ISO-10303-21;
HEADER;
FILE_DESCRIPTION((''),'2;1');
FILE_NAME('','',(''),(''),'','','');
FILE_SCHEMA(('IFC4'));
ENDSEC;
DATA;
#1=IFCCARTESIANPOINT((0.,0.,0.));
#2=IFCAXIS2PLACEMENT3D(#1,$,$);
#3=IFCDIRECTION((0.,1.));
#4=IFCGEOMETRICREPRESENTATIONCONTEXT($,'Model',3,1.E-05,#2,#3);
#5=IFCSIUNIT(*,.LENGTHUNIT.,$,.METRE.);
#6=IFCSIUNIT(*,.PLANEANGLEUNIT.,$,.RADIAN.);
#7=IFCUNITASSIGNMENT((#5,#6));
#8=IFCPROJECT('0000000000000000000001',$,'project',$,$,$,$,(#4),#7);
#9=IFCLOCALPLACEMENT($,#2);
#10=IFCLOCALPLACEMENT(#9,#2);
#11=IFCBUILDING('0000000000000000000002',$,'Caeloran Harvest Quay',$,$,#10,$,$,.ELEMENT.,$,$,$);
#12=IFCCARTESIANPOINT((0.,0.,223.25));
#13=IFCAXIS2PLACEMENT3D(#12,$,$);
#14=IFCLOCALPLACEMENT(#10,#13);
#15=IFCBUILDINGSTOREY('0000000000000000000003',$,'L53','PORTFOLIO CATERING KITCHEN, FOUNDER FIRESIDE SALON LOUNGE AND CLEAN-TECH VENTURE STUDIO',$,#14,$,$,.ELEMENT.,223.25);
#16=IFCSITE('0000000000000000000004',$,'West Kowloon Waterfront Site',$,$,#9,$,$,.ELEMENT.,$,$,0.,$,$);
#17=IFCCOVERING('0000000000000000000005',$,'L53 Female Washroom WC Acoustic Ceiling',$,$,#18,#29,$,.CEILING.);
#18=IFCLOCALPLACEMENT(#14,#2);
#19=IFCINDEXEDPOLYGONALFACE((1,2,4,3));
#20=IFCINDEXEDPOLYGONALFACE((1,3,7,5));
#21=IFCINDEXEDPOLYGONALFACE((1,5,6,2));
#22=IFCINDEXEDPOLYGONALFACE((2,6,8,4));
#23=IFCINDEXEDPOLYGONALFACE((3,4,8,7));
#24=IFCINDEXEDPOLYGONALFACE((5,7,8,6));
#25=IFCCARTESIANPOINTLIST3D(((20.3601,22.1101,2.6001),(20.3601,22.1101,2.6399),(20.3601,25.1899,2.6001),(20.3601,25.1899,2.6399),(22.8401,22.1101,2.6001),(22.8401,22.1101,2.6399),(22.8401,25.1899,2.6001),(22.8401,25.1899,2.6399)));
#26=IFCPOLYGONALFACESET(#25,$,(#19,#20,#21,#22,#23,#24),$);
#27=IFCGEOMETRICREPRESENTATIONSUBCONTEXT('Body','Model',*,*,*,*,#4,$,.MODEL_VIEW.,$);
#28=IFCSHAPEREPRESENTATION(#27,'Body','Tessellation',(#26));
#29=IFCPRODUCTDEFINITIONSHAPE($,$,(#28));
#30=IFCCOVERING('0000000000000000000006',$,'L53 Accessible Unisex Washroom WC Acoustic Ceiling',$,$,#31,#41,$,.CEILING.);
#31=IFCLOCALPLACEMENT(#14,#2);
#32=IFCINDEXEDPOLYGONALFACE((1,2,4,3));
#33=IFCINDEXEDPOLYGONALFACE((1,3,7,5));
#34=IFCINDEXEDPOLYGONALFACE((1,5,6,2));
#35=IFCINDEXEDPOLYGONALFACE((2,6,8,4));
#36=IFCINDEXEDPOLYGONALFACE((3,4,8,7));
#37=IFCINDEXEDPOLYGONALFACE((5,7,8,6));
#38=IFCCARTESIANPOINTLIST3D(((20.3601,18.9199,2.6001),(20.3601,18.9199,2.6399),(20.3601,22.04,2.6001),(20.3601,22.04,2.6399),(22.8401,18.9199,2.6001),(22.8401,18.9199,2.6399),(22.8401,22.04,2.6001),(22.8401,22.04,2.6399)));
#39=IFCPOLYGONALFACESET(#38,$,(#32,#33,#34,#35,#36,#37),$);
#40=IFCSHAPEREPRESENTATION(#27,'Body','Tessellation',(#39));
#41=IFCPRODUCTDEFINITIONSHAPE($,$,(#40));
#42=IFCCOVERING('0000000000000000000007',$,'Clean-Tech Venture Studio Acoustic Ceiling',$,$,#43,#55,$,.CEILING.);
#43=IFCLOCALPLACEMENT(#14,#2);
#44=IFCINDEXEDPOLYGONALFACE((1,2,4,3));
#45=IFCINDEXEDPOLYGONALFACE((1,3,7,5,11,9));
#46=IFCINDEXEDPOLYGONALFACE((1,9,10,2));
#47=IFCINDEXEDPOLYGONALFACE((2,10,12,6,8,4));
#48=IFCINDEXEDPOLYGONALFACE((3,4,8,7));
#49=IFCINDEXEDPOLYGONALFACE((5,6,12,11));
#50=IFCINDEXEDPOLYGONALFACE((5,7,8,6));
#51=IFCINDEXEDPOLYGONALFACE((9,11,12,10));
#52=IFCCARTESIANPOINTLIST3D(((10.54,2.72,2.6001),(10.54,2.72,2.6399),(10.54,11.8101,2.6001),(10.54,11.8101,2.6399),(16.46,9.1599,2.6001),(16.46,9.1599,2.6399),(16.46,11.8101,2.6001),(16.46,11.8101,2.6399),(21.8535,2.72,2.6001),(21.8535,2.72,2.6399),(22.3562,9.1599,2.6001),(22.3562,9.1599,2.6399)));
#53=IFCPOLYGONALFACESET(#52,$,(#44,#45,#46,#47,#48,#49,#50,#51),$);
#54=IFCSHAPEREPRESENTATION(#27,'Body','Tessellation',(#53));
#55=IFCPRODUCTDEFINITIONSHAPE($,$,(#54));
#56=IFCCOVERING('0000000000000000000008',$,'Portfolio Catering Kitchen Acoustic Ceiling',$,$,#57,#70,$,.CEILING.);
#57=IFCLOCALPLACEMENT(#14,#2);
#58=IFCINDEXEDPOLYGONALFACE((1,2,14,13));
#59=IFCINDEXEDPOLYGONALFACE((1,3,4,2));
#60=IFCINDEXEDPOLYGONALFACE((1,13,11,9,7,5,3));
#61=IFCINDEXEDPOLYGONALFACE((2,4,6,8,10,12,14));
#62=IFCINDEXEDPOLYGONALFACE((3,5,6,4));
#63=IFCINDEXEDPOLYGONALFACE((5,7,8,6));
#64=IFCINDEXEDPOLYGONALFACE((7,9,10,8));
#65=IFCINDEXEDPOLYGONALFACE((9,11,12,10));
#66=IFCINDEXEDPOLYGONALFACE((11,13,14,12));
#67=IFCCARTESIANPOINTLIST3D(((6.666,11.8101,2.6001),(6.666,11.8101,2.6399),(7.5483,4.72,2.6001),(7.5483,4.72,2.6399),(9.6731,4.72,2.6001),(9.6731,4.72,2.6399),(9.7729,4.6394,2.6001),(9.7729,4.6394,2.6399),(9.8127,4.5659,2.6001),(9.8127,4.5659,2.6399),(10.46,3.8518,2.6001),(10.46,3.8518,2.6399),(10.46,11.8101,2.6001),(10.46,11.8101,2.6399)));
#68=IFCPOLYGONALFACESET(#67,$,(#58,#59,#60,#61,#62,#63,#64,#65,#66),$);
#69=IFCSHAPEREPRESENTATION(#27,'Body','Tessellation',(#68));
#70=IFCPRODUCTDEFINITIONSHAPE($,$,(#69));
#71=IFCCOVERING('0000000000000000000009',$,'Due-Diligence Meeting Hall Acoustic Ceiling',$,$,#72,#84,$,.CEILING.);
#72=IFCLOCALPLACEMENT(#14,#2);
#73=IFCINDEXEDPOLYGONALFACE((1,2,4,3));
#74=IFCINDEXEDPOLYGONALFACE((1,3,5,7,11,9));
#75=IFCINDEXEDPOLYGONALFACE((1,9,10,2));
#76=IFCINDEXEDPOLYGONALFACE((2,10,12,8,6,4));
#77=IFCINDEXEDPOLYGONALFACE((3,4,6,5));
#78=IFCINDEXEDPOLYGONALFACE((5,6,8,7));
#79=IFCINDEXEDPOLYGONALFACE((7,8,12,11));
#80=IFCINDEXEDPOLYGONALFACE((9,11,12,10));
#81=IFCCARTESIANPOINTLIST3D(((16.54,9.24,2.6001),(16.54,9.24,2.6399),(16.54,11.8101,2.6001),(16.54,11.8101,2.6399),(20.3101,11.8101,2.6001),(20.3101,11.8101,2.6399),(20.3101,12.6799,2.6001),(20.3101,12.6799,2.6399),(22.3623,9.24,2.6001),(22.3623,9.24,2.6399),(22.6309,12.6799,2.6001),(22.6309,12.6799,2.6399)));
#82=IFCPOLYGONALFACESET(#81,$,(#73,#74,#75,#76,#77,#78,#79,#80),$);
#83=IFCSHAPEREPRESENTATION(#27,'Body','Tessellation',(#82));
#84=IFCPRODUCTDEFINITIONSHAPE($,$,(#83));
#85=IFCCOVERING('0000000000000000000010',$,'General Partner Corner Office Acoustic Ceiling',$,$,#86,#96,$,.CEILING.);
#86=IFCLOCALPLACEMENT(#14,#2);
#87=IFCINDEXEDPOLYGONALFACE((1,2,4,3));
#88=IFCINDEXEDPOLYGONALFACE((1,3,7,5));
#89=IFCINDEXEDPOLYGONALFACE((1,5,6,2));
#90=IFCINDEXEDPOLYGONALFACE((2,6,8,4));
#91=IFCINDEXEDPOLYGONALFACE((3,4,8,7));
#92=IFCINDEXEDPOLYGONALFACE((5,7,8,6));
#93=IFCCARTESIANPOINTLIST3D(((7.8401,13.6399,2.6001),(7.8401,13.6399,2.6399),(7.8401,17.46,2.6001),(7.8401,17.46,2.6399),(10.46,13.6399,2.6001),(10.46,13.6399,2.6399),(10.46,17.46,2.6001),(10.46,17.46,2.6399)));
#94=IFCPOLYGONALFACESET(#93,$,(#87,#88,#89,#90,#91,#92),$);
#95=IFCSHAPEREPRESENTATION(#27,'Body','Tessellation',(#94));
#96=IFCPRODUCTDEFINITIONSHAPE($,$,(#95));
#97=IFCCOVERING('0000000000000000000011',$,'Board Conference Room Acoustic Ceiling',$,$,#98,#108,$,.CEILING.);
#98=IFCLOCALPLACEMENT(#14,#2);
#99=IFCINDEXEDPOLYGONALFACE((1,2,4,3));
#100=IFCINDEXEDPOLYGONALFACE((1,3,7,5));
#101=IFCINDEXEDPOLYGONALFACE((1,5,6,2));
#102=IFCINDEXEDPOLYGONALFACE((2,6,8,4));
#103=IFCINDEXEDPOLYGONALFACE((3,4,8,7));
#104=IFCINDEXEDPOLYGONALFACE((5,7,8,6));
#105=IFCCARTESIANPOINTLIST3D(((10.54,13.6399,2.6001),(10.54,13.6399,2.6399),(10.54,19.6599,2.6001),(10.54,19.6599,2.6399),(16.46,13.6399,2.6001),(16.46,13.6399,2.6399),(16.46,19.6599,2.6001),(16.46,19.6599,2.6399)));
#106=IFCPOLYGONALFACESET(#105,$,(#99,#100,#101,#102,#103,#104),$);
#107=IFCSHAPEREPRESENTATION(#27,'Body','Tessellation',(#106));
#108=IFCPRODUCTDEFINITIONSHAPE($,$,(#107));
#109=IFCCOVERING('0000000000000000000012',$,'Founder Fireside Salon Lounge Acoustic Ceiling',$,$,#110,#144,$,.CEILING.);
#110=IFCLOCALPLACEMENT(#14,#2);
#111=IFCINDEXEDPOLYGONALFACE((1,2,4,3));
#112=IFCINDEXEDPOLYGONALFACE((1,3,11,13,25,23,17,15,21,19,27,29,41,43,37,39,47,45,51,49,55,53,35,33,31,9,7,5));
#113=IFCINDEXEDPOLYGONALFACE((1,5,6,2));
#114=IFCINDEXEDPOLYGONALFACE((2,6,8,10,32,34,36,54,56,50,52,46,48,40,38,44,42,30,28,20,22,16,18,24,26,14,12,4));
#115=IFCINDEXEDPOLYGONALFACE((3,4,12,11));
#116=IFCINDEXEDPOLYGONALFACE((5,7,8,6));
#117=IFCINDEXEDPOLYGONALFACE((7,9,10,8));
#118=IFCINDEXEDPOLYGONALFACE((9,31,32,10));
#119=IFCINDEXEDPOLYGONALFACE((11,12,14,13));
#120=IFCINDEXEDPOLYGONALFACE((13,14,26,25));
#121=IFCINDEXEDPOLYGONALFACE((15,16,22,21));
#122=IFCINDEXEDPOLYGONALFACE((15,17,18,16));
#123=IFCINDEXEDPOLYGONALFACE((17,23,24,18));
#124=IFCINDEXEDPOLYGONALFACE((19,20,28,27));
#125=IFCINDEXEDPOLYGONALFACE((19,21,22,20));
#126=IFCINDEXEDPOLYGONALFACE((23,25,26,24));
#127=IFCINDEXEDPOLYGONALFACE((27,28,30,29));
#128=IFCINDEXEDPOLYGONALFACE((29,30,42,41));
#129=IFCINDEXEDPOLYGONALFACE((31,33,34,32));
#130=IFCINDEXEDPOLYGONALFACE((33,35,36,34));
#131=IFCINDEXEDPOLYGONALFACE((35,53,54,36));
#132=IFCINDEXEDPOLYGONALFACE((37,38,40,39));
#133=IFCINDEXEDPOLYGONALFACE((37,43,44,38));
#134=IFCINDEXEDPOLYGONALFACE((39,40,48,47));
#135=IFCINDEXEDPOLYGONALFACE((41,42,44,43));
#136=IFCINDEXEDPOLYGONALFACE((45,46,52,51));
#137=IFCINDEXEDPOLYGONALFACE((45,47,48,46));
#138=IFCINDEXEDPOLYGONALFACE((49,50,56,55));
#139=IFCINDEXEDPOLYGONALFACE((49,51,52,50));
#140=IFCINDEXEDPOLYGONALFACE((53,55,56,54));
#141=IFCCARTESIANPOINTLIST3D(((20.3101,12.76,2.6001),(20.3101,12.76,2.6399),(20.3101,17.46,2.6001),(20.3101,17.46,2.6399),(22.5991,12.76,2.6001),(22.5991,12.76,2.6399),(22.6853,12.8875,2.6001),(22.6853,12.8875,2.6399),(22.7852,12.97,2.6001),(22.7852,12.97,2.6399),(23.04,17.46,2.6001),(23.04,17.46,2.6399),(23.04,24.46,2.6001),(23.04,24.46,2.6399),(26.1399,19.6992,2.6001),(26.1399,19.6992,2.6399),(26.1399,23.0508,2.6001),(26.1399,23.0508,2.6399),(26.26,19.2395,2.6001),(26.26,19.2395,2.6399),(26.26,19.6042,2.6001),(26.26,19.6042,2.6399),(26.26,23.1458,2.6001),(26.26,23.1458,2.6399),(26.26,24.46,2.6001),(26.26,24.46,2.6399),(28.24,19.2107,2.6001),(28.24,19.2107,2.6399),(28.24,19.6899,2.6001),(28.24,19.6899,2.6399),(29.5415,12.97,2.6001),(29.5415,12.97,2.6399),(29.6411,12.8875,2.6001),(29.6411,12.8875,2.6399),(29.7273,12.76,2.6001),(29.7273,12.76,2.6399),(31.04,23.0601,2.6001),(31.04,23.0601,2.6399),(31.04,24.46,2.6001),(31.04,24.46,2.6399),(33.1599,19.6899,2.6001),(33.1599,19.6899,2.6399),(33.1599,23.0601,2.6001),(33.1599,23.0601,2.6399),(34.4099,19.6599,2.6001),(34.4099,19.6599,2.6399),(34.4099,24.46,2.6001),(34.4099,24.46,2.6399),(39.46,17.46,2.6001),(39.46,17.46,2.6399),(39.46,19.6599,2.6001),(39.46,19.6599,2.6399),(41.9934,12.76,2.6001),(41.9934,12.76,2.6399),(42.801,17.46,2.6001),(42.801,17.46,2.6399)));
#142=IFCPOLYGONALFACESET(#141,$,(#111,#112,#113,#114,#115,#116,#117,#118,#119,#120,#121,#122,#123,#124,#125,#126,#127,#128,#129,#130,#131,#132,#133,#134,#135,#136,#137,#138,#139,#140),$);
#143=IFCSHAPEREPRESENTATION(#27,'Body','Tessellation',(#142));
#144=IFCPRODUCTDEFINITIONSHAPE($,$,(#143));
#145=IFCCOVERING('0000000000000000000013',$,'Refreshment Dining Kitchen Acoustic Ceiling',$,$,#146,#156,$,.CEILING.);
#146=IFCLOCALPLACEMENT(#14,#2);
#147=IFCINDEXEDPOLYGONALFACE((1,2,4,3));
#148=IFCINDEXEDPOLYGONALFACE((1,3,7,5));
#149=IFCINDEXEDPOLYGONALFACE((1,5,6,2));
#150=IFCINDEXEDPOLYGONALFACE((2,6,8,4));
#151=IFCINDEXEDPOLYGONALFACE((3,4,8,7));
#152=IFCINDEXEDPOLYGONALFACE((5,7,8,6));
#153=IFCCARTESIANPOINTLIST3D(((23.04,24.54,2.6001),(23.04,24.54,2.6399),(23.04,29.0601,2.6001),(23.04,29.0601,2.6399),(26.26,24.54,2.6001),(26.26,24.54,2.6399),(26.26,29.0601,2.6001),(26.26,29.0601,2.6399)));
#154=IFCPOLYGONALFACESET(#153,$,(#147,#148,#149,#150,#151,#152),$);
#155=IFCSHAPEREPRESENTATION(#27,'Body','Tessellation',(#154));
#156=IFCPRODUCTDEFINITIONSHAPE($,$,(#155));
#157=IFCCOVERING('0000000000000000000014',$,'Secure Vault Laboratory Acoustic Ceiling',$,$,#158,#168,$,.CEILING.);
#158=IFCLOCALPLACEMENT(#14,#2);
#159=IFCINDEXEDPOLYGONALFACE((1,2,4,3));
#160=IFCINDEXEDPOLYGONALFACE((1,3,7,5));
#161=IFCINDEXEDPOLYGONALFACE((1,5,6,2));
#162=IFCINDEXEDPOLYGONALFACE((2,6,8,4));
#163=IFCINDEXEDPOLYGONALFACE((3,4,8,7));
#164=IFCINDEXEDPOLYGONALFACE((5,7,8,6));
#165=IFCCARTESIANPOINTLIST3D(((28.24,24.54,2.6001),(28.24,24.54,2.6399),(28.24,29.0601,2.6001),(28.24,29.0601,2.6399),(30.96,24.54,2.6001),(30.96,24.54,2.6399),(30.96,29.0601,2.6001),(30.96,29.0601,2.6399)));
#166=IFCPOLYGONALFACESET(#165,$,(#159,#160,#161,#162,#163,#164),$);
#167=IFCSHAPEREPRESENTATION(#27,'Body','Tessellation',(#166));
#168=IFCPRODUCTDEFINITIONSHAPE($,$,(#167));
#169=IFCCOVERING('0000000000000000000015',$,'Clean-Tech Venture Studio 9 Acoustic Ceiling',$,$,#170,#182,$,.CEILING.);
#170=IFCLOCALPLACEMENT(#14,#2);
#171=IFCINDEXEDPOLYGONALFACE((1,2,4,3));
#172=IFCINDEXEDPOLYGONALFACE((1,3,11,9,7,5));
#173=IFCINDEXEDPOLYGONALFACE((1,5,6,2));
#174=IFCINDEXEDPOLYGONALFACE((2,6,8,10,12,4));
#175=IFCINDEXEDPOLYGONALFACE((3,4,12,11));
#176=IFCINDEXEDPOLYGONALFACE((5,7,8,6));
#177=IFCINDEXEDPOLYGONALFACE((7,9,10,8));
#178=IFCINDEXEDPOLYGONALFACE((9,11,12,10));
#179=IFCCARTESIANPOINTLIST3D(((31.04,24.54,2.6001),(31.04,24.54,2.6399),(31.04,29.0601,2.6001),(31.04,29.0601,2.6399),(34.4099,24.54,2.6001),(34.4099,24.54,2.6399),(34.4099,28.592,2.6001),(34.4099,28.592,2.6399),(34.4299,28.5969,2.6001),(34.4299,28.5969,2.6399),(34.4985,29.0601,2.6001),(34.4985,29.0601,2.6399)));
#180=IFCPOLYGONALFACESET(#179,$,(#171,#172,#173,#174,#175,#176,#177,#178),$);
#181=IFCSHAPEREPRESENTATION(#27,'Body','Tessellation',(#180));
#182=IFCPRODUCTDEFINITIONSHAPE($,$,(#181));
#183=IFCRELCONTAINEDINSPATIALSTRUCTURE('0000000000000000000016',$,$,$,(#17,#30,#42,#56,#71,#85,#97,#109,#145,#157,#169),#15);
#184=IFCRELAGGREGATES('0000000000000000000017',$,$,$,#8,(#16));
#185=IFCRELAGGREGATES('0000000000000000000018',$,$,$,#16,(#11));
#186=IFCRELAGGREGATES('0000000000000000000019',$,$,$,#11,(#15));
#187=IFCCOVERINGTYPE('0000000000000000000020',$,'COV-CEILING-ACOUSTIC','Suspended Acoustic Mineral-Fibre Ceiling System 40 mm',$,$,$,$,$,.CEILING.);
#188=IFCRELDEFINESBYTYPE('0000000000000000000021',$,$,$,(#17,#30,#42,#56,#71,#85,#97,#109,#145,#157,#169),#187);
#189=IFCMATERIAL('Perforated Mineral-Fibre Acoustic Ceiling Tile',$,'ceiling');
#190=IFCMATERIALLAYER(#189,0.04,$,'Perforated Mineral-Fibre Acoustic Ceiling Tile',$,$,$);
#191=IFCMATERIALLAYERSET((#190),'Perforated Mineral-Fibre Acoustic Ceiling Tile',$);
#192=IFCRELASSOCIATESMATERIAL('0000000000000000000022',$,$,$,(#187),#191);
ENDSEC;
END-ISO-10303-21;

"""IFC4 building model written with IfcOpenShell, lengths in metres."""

from ifc_helpers import new_model, si_unit, direction, frame, origin, place, context, subcontext, project, spatial, polyline, outline, extrude, material, layer, layer_set, type_object, element, save


model = new_model("IFC4")

# Units and contexts
model_context = context("Model", 3, precision=1e-05, world=origin(), true_north=direction((0.0, 1.0)))
body_context = subcontext(model_context, "Body", "Model", "MODEL_VIEW")
ifc_project = project(units=[si_unit("LENGTHUNIT", "METRE"), si_unit("PLANEANGLEUNIT", "RADIAN")], contexts=[model_context])

# Site, building, storey
site_placement = place(None, origin())
site = spatial("IfcSite", under=ifc_project, at=site_placement, Name="West Kowloon Waterfront Site", CompositionType="ELEMENT", RefElevation=0.0)
building_placement = place(site_placement, origin())
building = spatial("IfcBuilding", under=site, at=building_placement, Name="Caeloran Harvest Quay", CompositionType="ELEMENT")
storey_placement = place(building_placement, frame((0.0, 0.0, 223.25)))
storey = spatial("IfcBuildingStorey", under=building, at=storey_placement, Name="L53", Description="PORTFOLIO CATERING KITCHEN, FOUNDER FIRESIDE SALON LOUNGE AND CLEAN-TECH VENTURE STUDIO", CompositionType="ELEMENT", Elevation=223.25)

# Coverings
ifc_material_1 = material(Name="Perforated Mineral-Fibre Acoustic Ceiling Tile", Category="ceiling")
ifc_layer_1 = layer(ifc_material_1, 0.04, Name="Perforated Mineral-Fibre Acoustic Ceiling Tile")
ifc_layer_set_1 = layer_set([ifc_layer_1], Name="Perforated Mineral-Fibre Acoustic Ceiling Tile")
covering_type_1 = type_object("IfcCoveringType", Name="COV-CEILING-ACOUSTIC", Description="Suspended Acoustic Mineral-Fibre Ceiling System 40 mm", PredefinedType="CEILING", material=ifc_layer_set_1)
covering_1_placement = place(storey_placement, frame((0.0, 0.0, 2.6001)))
element("IfcCovering", 1, at=covering_1_placement, inside=storey, type_object=covering_type_1, Name="L53 Female Washroom WC Acoustic Ceiling", PredefinedType="CEILING", context=body_context, shape_type="SweptSolid", body=[
    extrude(outline(polyline([(22.8401, 25.1899), (22.8401, 22.1101), (20.3601, 22.1101), (20.3601, 25.1899), (22.8401, 25.1899)])), origin(), (0.0, 0.0, 1.0), 0.0398),
])
covering_2_placement = place(storey_placement, frame((0.0, 0.0, 2.6001)))
element("IfcCovering", 2, at=covering_2_placement, inside=storey, type_object=covering_type_1, Name="L53 Accessible Unisex Washroom WC Acoustic Ceiling", PredefinedType="CEILING", context=body_context, shape_type="SweptSolid", body=[
    extrude(outline(polyline([(22.8401, 22.04), (22.8401, 18.9199), (20.3601, 18.9199), (20.3601, 22.04), (22.8401, 22.04)])), origin(), (0.0, 0.0, 1.0), 0.0398),
])
covering_3_placement = place(storey_placement, frame((0.0, 0.0, 2.6001)))
element("IfcCovering", 3, at=covering_3_placement, inside=storey, type_object=covering_type_1, Name="Clean-Tech Venture Studio Acoustic Ceiling", PredefinedType="CEILING", context=body_context, shape_type="SweptSolid", body=[
    extrude(outline(polyline([(16.46, 11.8101), (16.46, 9.1599), (22.3562, 9.1599), (21.8535, 2.72), (10.54, 2.72), (10.54, 11.8101), (16.46, 11.8101)])), origin(), (0.0, 0.0, 1.0), 0.0398),
])
covering_4_placement = place(storey_placement, frame((0.0, 0.0, 2.6001)))
element("IfcCovering", 4, at=covering_4_placement, inside=storey, type_object=covering_type_1, Name="Portfolio Catering Kitchen Acoustic Ceiling", PredefinedType="CEILING", context=body_context, shape_type="SweptSolid", body=[
    extrude(outline(polyline([(10.46, 11.8101), (10.46, 3.8518), (9.8127, 4.5659), (9.7729, 4.6394), (9.6731, 4.72), (7.5483, 4.72), (6.666, 11.8101), (10.46, 11.8101)])), origin(), (0.0, 0.0, 1.0), 0.0398),
])
covering_5_placement = place(storey_placement, frame((0.0, 0.0, 2.6001)))
element("IfcCovering", 5, at=covering_5_placement, inside=storey, type_object=covering_type_1, Name="Due-Diligence Meeting Hall Acoustic Ceiling", PredefinedType="CEILING", context=body_context, shape_type="SweptSolid", body=[
    extrude(outline(polyline([(20.3101, 11.8101), (20.3101, 12.6799), (22.6309, 12.6799), (22.3623, 9.24), (16.54, 9.24), (16.54, 11.8101), (20.3101, 11.8101)])), origin(), (0.0, 0.0, 1.0), 0.0398),
])
covering_6_placement = place(storey_placement, frame((0.0, 0.0, 2.6001)))
element("IfcCovering", 6, at=covering_6_placement, inside=storey, type_object=covering_type_1, Name="General Partner Corner Office Acoustic Ceiling", PredefinedType="CEILING", context=body_context, shape_type="SweptSolid", body=[
    extrude(outline(polyline([(7.8401, 13.6399), (7.8401, 17.46), (10.46, 17.46), (10.46, 13.6399), (7.8401, 13.6399)])), origin(), (0.0, 0.0, 1.0), 0.0398),
])
covering_7_placement = place(storey_placement, frame((0.0, 0.0, 2.6001)))
element("IfcCovering", 7, at=covering_7_placement, inside=storey, type_object=covering_type_1, Name="Board Conference Room Acoustic Ceiling", PredefinedType="CEILING", context=body_context, shape_type="SweptSolid", body=[
    extrude(outline(polyline([(16.46, 19.6599), (16.46, 13.6399), (10.54, 13.6399), (10.54, 19.6599), (16.46, 19.6599)])), origin(), (0.0, 0.0, 1.0), 0.0398),
])
covering_8_placement = place(storey_placement, frame((0.0, 0.0, 2.6001)))
element("IfcCovering", 8, at=covering_8_placement, inside=storey, type_object=covering_type_1, Name="Founder Fireside Salon Lounge Acoustic Ceiling", PredefinedType="CEILING", context=body_context, shape_type="SweptSolid", body=[
    extrude(outline(polyline([(33.1599, 23.0601), (31.04, 23.0601), (31.04, 24.46), (34.4099, 24.46), (34.4099, 19.6599), (39.46, 19.6599), (39.46, 17.46), (42.801, 17.46), (41.9934, 12.76), (29.7273, 12.76), (29.6411, 12.8875), (29.5415, 12.97), (22.7852, 12.97), (22.6853, 12.8875), (22.5991, 12.76), (20.3101, 12.76), (20.3101, 17.46), (23.04, 17.46), (23.04, 24.46), (26.26, 24.46), (26.26, 23.1458), (26.1399, 23.0508), (26.1399, 19.6992), (26.26, 19.6042), (26.26, 19.2395), (28.24, 19.2107), (28.24, 19.6899), (33.1599, 19.6899), (33.1599, 23.0601)])), origin(), (0.0, 0.0, 1.0), 0.0398),
])
covering_9_placement = place(storey_placement, frame((0.0, 0.0, 2.6001)))
element("IfcCovering", 9, at=covering_9_placement, inside=storey, type_object=covering_type_1, Name="Refreshment Dining Kitchen Acoustic Ceiling", PredefinedType="CEILING", context=body_context, shape_type="SweptSolid", body=[
    extrude(outline(polyline([(23.04, 29.0601), (26.26, 29.0601), (26.26, 24.54), (23.04, 24.54), (23.04, 29.0601)])), origin(), (0.0, 0.0, 1.0), 0.0398),
])
covering_10_placement = place(storey_placement, frame((0.0, 0.0, 2.6001)))
element("IfcCovering", 10, at=covering_10_placement, inside=storey, type_object=covering_type_1, Name="Secure Vault Laboratory Acoustic Ceiling", PredefinedType="CEILING", context=body_context, shape_type="SweptSolid", body=[
    extrude(outline(polyline([(28.24, 24.54), (28.24, 29.0601), (30.96, 29.0601), (30.96, 24.54), (28.24, 24.54)])), origin(), (0.0, 0.0, 1.0), 0.0398),
])
covering_11_placement = place(storey_placement, frame((0.0, 0.0, 2.6001)))
element("IfcCovering", 11, at=covering_11_placement, inside=storey, type_object=covering_type_1, Name="Clean-Tech Venture Studio 9 Acoustic Ceiling", PredefinedType="CEILING", context=body_context, shape_type="SweptSolid", body=[
    extrude(outline(polyline([(34.4099, 28.592), (34.4099, 24.54), (31.04, 24.54), (31.04, 29.0601), (34.4985, 29.0601), (34.4299, 28.5969), (34.4099, 28.592)])), origin(), (0.0, 0.0, 1.0), 0.0398),
])

save(model, "model.ifc")
